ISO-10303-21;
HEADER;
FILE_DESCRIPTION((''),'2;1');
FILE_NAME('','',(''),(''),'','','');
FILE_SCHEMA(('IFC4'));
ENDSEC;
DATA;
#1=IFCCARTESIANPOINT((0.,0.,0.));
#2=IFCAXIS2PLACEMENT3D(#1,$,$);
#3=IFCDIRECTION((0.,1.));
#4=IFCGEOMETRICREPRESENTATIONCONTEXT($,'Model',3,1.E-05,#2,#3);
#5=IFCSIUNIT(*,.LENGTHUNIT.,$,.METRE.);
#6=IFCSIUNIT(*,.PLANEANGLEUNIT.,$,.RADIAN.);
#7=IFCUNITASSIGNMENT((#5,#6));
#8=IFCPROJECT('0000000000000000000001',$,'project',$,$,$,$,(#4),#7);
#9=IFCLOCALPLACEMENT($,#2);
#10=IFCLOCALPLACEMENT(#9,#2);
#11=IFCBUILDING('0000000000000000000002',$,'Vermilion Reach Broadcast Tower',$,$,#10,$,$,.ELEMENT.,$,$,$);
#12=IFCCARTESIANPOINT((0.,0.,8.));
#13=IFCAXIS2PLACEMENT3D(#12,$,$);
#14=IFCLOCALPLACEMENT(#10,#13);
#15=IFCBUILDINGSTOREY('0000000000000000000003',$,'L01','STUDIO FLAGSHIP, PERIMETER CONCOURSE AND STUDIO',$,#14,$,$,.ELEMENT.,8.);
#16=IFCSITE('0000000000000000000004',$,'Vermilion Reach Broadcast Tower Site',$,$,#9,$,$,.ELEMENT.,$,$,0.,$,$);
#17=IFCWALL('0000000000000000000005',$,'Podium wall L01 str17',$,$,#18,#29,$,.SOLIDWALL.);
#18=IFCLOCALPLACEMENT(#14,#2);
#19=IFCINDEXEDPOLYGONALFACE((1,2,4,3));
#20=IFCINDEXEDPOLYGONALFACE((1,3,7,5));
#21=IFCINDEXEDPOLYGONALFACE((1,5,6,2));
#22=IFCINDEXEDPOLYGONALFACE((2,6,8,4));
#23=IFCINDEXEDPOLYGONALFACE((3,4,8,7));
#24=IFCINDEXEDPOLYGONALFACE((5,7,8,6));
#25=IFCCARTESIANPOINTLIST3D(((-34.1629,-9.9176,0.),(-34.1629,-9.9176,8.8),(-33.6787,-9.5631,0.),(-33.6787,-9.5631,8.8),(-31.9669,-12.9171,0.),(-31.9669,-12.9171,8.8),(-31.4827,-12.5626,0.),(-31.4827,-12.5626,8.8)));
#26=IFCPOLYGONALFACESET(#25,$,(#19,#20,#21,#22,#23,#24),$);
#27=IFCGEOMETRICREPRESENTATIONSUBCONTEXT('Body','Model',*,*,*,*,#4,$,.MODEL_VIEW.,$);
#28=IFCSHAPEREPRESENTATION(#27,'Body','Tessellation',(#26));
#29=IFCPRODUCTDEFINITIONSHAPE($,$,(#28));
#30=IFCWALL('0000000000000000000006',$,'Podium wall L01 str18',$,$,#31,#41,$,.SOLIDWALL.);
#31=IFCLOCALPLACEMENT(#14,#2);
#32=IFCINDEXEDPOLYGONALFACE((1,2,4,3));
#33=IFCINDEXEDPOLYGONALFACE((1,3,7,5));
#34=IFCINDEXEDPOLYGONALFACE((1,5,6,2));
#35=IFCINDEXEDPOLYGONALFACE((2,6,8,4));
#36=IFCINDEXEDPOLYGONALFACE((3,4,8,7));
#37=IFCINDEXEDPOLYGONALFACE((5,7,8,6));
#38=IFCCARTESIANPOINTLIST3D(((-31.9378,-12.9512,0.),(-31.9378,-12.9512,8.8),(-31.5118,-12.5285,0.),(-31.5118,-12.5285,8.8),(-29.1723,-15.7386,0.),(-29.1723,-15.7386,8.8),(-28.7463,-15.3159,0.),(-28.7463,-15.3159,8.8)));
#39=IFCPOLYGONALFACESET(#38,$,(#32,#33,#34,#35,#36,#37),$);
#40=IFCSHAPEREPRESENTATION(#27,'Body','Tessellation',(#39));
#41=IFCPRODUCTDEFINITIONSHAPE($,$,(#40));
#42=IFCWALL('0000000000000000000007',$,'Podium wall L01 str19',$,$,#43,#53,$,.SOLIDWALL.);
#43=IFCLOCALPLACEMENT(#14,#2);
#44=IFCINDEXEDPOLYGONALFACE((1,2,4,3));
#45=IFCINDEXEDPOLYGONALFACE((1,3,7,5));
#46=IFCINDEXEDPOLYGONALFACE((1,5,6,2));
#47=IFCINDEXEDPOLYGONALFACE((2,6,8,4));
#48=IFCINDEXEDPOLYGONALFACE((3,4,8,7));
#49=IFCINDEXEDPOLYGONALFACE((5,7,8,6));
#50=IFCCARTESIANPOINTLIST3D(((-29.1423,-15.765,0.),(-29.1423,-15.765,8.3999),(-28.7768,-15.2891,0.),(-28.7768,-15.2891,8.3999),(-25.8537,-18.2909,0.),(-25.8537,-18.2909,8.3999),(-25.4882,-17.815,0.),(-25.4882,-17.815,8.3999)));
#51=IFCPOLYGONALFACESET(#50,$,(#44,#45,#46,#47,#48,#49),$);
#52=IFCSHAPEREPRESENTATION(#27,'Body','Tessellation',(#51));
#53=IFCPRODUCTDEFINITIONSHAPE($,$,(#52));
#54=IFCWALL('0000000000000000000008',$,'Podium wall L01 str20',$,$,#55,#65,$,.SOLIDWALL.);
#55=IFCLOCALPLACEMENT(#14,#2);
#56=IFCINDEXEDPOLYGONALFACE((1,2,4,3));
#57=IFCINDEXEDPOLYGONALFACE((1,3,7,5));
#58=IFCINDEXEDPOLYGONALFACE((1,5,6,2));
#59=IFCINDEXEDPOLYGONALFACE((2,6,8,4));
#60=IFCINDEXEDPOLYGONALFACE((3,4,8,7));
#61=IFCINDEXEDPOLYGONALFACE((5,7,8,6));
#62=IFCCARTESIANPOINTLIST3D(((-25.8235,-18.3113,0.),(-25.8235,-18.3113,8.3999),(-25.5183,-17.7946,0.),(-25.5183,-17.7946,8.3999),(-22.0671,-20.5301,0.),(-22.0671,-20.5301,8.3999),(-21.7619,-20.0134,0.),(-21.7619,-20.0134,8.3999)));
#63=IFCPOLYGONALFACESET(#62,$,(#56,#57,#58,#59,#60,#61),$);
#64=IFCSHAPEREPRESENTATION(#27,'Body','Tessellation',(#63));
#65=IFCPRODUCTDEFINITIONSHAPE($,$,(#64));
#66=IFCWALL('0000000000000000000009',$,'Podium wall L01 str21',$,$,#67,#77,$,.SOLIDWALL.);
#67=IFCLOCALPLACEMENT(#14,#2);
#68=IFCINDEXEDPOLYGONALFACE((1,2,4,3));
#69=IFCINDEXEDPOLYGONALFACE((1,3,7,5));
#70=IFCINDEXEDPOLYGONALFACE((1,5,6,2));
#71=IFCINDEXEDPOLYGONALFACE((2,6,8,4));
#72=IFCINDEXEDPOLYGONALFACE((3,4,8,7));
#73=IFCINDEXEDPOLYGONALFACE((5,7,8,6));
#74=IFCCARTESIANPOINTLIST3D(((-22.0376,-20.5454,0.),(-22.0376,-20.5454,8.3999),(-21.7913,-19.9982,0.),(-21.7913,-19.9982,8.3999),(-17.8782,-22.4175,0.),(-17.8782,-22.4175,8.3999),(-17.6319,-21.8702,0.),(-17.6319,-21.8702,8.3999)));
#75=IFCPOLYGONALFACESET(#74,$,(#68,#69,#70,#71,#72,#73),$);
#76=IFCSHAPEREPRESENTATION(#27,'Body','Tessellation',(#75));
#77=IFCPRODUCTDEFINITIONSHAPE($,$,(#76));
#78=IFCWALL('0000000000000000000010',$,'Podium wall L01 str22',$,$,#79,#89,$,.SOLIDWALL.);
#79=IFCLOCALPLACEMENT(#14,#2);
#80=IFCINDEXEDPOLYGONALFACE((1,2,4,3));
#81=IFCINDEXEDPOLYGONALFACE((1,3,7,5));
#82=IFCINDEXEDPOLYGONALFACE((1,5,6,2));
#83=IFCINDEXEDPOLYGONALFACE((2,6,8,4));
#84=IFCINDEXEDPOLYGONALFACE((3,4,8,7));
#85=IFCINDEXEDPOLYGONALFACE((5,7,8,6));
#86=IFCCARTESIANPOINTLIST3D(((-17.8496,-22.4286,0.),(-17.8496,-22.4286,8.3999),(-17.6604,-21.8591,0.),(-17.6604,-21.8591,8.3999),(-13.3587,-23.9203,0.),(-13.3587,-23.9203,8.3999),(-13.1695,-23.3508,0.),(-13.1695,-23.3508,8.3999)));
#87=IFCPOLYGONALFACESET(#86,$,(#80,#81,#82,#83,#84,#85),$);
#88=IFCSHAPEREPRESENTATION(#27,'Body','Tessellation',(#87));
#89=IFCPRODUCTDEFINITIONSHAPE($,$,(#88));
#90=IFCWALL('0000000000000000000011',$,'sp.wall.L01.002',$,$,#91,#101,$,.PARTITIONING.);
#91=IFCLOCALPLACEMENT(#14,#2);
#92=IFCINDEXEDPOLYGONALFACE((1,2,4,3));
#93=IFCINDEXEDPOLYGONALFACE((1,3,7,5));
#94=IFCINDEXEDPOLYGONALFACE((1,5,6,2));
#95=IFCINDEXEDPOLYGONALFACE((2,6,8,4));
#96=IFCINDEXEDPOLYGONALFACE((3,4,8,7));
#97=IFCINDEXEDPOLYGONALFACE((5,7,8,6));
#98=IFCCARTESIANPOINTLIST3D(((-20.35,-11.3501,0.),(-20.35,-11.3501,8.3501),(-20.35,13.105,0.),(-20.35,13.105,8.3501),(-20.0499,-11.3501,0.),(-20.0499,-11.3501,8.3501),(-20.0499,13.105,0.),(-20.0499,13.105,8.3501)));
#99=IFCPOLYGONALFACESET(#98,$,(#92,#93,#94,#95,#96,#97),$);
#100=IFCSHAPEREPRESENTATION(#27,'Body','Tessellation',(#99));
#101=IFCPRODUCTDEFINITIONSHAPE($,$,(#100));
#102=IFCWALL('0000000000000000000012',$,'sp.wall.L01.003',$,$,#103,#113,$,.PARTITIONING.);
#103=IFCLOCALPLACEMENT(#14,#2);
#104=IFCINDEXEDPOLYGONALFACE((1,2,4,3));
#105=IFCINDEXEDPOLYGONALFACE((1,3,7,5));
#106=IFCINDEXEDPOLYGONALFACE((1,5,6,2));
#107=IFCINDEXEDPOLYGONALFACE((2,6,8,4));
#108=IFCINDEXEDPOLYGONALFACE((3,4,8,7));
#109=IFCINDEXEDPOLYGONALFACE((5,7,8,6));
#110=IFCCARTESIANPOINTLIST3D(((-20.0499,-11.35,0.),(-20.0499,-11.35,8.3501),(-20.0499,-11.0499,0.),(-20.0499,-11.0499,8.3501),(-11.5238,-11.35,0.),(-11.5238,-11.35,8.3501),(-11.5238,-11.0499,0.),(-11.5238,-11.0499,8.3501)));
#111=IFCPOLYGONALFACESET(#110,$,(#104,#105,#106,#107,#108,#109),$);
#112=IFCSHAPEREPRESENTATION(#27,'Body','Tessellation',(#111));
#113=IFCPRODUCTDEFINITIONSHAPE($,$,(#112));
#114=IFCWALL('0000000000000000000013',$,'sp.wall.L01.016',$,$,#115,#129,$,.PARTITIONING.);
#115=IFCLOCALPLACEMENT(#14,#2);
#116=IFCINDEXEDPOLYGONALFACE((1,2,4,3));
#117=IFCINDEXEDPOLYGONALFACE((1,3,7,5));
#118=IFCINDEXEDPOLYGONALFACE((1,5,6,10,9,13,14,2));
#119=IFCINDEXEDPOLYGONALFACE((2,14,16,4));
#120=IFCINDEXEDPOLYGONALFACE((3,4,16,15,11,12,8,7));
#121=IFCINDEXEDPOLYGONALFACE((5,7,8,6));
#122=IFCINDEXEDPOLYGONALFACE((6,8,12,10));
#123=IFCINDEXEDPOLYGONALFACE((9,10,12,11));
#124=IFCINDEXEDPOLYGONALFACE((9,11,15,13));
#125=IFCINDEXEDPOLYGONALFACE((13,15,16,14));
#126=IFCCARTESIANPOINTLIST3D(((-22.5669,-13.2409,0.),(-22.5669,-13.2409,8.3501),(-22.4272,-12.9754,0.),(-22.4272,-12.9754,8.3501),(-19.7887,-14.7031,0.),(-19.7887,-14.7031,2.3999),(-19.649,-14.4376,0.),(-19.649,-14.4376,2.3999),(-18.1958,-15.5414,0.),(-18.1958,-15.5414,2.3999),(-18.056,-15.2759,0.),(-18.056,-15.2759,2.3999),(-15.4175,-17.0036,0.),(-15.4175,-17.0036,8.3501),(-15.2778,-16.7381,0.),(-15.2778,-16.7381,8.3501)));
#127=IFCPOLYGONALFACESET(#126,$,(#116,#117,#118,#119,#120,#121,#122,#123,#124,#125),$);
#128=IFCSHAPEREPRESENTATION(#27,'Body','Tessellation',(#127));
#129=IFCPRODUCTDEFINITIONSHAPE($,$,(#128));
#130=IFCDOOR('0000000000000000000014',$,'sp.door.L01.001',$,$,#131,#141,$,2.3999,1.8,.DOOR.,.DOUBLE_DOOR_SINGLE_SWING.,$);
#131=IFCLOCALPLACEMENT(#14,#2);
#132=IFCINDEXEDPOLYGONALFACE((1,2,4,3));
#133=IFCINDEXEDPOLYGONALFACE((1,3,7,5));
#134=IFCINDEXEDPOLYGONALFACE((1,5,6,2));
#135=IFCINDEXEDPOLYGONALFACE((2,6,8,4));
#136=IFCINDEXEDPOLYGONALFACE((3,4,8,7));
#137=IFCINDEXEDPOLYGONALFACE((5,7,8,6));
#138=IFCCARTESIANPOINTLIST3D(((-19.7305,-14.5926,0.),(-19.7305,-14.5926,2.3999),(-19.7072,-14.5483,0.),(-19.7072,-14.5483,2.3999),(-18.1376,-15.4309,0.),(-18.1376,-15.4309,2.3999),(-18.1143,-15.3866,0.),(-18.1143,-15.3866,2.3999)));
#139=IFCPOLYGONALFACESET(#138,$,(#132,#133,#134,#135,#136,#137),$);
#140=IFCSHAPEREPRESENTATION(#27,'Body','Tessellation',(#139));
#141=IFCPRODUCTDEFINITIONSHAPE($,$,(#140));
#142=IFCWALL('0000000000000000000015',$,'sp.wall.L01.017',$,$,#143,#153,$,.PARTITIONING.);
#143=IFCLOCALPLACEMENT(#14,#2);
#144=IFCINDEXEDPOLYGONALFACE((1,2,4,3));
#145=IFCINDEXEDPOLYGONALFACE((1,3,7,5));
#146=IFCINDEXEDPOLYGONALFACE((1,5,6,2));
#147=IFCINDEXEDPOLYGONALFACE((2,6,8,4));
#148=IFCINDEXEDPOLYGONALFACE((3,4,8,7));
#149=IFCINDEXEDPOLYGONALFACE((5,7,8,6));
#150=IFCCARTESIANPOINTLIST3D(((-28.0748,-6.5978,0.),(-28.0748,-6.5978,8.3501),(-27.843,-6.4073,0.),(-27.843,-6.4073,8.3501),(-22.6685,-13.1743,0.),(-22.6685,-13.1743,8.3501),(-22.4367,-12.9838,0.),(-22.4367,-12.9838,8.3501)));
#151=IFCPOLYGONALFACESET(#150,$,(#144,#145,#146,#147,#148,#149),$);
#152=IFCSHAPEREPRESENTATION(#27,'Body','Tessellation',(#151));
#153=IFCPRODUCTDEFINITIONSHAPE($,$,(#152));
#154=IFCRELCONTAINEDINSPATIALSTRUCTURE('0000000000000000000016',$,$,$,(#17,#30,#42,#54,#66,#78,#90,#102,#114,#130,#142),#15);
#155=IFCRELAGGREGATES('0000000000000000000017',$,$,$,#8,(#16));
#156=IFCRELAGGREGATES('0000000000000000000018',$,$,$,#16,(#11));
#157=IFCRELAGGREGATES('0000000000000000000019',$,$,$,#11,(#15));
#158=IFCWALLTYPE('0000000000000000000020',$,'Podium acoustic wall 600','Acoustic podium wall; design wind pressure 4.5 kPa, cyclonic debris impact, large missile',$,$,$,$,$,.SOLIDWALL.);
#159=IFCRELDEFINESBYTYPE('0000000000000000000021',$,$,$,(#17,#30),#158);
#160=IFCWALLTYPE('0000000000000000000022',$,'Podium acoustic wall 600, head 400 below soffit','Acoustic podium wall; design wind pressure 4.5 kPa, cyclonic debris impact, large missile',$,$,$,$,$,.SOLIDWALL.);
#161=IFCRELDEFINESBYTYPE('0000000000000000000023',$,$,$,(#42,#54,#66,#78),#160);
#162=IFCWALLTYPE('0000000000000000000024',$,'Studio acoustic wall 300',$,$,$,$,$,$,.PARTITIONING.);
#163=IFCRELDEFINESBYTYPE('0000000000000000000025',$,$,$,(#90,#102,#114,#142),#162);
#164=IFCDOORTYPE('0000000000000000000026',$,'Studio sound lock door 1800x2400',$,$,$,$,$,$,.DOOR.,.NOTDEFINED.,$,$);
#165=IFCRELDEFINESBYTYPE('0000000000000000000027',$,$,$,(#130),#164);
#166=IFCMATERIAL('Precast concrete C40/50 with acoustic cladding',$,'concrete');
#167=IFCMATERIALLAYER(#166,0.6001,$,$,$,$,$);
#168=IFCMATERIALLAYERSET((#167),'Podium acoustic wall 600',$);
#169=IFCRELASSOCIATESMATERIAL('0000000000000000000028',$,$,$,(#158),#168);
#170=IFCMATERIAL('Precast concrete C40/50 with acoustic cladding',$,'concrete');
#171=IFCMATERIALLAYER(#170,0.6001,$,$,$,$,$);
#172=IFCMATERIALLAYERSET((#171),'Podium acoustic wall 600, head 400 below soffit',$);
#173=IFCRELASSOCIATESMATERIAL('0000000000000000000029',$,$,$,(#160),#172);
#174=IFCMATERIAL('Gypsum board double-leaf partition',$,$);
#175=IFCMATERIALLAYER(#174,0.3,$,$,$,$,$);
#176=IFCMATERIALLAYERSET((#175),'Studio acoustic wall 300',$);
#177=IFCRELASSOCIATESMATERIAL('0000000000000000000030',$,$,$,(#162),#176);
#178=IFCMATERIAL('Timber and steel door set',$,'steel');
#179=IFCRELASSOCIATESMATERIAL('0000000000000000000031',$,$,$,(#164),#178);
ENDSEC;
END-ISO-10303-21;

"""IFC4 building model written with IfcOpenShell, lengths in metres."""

from ifc_helpers import new_model, si_unit, direction, frame, frame_2d, origin, place, context, subcontext, project, spatial, rectangle, extrude, material, layer, layer_set, type_object, element, fill, save


model = new_model("IFC4")

# Units and contexts
model_context = context("Model", 3, precision=1e-05, world=origin(), true_north=direction((0.0, 1.0)))
body_context = subcontext(model_context, "Body", "Model", "MODEL_VIEW")
ifc_project = project(units=[si_unit("LENGTHUNIT", "METRE"), si_unit("PLANEANGLEUNIT", "RADIAN")], contexts=[model_context])

# Site, building, storey
site_placement = place(None, origin())
site = spatial("IfcSite", under=ifc_project, at=site_placement, Name="Vermilion Reach Broadcast Tower Site", CompositionType="ELEMENT", RefElevation=0.0)
building_placement = place(site_placement, origin())
building = spatial("IfcBuilding", under=site, at=building_placement, Name="Vermilion Reach Broadcast Tower", CompositionType="ELEMENT")
storey_placement = place(building_placement, frame((0.0, 0.0, 8.0)))
storey = spatial("IfcBuildingStorey", under=building, at=storey_placement, Name="L01", Description="STUDIO FLAGSHIP, PERIMETER CONCOURSE AND STUDIO", CompositionType="ELEMENT", Elevation=8.0)

# Walls
ifc_material_1 = material(Name="Precast concrete C40/50 with acoustic cladding", Category="concrete")
ifc_layer_1 = layer(ifc_material_1, 0.6001)
ifc_layer_set_1 = layer_set([ifc_layer_1], Name="Podium acoustic wall 600")
wall_type_1 = type_object("IfcWallType", Name="Podium acoustic wall 600", Description="Acoustic podium wall; design wind pressure 4.5 kPa, cyclonic debris impact, large missile", PredefinedType="SOLIDWALL", material=ifc_layer_set_1)
wall_1_placement = place(storey_placement, frame((-33.9209, -9.7402, 0.0), z_axis=(0.0, 0.0, 1.0), x_axis=(0.590734, -0.806866, 0.0)))
element("IfcWall", 1, at=wall_1_placement, inside=storey, type_object=wall_type_1, Name="Podium wall L01 str17", PredefinedType="SOLIDWALL", context=body_context, shape_type="SweptSolid", body=[
    extrude(rectangle(XDim=3.7175, YDim=0.6001, at=frame_2d((1.8589, 0.0))), origin(), (0.0, 0.0, 1.0), 8.8),
])
wall_2_placement = place(storey_placement, frame((-31.7249, -12.7397, 0.0), z_axis=(0.0, 0.0, 1.0), x_axis=(0.704303, -0.709899, 0.0)))
element("IfcWall", 2, at=wall_2_placement, inside=storey, type_object=wall_type_1, Name="Podium wall L01 str18", PredefinedType="SOLIDWALL", context=body_context, shape_type="SweptSolid", body=[
    extrude(rectangle(XDim=3.9265, YDim=0.6001, at=frame_2d((1.9634, 0.0))), origin(), (0.0, 0.0, 1.0), 8.8),
])
ifc_material_2 = material(Name="Precast concrete C40/50 with acoustic cladding", Category="concrete")
ifc_layer_2 = layer(ifc_material_2, 0.6001)
ifc_layer_set_2 = layer_set([ifc_layer_2], Name="Podium acoustic wall 600, head 400 below soffit")
wall_type_2 = type_object("IfcWallType", Name="Podium acoustic wall 600, head 400 below soffit", Description="Acoustic podium wall; design wind pressure 4.5 kPa, cyclonic debris impact, large missile", PredefinedType="SOLIDWALL", material=ifc_layer_set_2)
wall_3_placement = place(storey_placement, frame((-28.9595, -15.5271, 0.0), z_axis=(0.0, 0.0, 1.0), x_axis=(0.793066, -0.609136, 0.0)))
element("IfcWall", 3, at=wall_3_placement, inside=storey, type_object=wall_type_2, Name="Podium wall L01 str19", PredefinedType="SOLIDWALL", context=body_context, shape_type="SweptSolid", body=[
    extrude(rectangle(XDim=4.1467, YDim=0.6001, at=frame_2d((2.0732, 0.0))), origin(), (0.0, 0.0, 1.0), 8.3999),
])
wall_4_placement = place(storey_placement, frame((-25.6709, -18.053, 0.0), z_axis=(0.0, 0.0, 1.0), x_axis=(0.861018, -0.508575, 0.0)))
element("IfcWall", 4, at=wall_4_placement, inside=storey, type_object=wall_type_2, Name="Podium wall L01 str20", PredefinedType="SOLIDWALL", context=body_context, shape_type="SweptSolid", body=[
    extrude(rectangle(XDim=4.3628, YDim=0.6001, at=frame_2d((2.1814, 0.0))), origin(), (0.0, 0.0, 1.0), 8.3999),
])
wall_5_placement = place(storey_placement, frame((-21.9146, -20.2717, 0.0), z_axis=(0.0, 0.0, 1.0), x_axis=(0.911894, -0.410425, 0.0)))
element("IfcWall", 5, at=wall_5_placement, inside=storey, type_object=wall_type_2, Name="Podium wall L01 str21", PredefinedType="SOLIDWALL", context=body_context, shape_type="SweptSolid", body=[
    extrude(rectangle(XDim=4.5613, YDim=0.6001, at=frame_2d((2.2808, 0.0))), origin(), (0.0, 0.0, 1.0), 8.3999),
])
wall_6_placement = place(storey_placement, frame((-17.7551, -22.1438, 0.0), z_axis=(0.0, 0.0, 1.0), x_axis=(0.949018, -0.315222, 0.0)))
element("IfcWall", 6, at=wall_6_placement, inside=storey, type_object=wall_type_2, Name="Podium wall L01 str22", PredefinedType="SOLIDWALL", context=body_context, shape_type="SweptSolid", body=[
    extrude(rectangle(XDim=4.7322, YDim=0.6001, at=frame_2d((2.3662, 0.0))), origin(), (0.0, 0.0, 1.0), 8.3999),
])
ifc_material_3 = material(Name="Gypsum board double-leaf partition")
ifc_layer_3 = layer(ifc_material_3, 0.3)
ifc_layer_set_3 = layer_set([ifc_layer_3], Name="Studio acoustic wall 300")
wall_type_3 = type_object("IfcWallType", Name="Studio acoustic wall 300", PredefinedType="PARTITIONING", material=ifc_layer_set_3)
wall_7_placement = place(storey_placement, frame((-20.2, -11.3501, 0.0), z_axis=(0.0, 0.0, 1.0), x_axis=(0.0, 1.0, 0.0)))
element("IfcWall", 7, at=wall_7_placement, inside=storey, type_object=wall_type_3, Name="sp.wall.L01.002", PredefinedType="PARTITIONING", context=body_context, shape_type="SweptSolid", body=[
    extrude(rectangle(XDim=24.4551, YDim=0.3, at=frame_2d((12.2275, 0.0))), origin(), (0.0, 0.0, 1.0), 8.3501),
])
wall_8_placement = place(storey_placement, frame((-20.05, -11.2, 0.0), z_axis=(0.0, 0.0, 1.0), x_axis=(1.0, 0.0, 0.0)))
element("IfcWall", 8, at=wall_8_placement, inside=storey, type_object=wall_type_3, Name="sp.wall.L01.003", PredefinedType="PARTITIONING", context=body_context, shape_type="SweptSolid", body=[
    extrude(rectangle(XDim=8.5261, YDim=0.3, at=frame_2d((4.2632, 0.0))), origin(), (0.0, 0.0, 1.0), 8.3501),
])

# Wall, opening, door
wall_9_placement = place(storey_placement, frame((-22.4971, -13.1082, 0.0), z_axis=(0.0, 0.0, 1.0), x_axis=(0.884926, -0.465731, 0.0)))
wall_9 = element("IfcWall", 9, at=wall_9_placement, inside=storey, type_object=wall_type_3, Name="sp.wall.L01.016", PredefinedType="PARTITIONING", context=body_context, shape_type="SweptSolid", body=[
    extrude(rectangle(XDim=8.0791, YDim=0.3, at=frame_2d((4.0396, 0.0))), origin(), (0.0, 0.0, 1.0), 8.3501),
])
opening_1_placement = place(wall_9_placement, frame((3.1396, 0.0, 0.0)))
opening_1 = element("IfcOpeningElement", 10, at=opening_1_placement, cuts=wall_9, PredefinedType="OPENING", context=body_context, shape_type="SweptSolid", body=[
    extrude(rectangle(XDim=1.8, YDim=2.3999, at=frame_2d((0.8999, 1.2))), frame((0.0, 0.1599, 0.0), z_axis=(0.0, -1.0, 0.0), x_axis=(1.0, 0.0, 0.0)), (0.0, 0.0, 1.0), 0.3201),
])
ifc_material_4 = material(Name="Timber and steel door set", Category="steel")
door_type_1 = type_object("IfcDoorType", Name="Studio sound lock door 1800x2400", OperationType="NOTDEFINED", PredefinedType="DOOR", material=ifc_material_4)
door_1_placement = place(opening_1_placement, origin())
door_1 = element("IfcDoor", 11, at=door_1_placement, inside=storey, type_object=door_type_1, Name="sp.door.L01.001", OperationType="DOUBLE_DOOR_SINGLE_SWING", OverallHeight=2.3999, OverallWidth=1.8, PredefinedType="DOOR", context=body_context, shape_type="SweptSolid", body=[
    extrude(rectangle(XDim=1.8, YDim=2.3999, at=frame_2d((0.8999, 1.2))), frame((0.0, 0.0249, 0.0), z_axis=(0.0, -1.0, 0.0), x_axis=(1.0, 0.0, 0.0)), (0.0, 0.0, 1.0), 0.05),
])
fill(opening_1, door_1)

# Wall
wall_10_placement = place(storey_placement, frame((-27.959, -6.5024, 0.0), z_axis=(0.0, 0.0, 1.0), x_axis=(0.635034, -0.772485, 0.0)))
element("IfcWall", 12, at=wall_10_placement, inside=storey, type_object=wall_type_3, Name="sp.wall.L01.017", PredefinedType="PARTITIONING", context=body_context, shape_type="SweptSolid", body=[
    extrude(rectangle(XDim=8.5134, YDim=0.3, at=frame_2d((4.2568, 0.0))), origin(), (0.0, 0.0, 1.0), 8.3501),
])

save(model, "model.ifc")
